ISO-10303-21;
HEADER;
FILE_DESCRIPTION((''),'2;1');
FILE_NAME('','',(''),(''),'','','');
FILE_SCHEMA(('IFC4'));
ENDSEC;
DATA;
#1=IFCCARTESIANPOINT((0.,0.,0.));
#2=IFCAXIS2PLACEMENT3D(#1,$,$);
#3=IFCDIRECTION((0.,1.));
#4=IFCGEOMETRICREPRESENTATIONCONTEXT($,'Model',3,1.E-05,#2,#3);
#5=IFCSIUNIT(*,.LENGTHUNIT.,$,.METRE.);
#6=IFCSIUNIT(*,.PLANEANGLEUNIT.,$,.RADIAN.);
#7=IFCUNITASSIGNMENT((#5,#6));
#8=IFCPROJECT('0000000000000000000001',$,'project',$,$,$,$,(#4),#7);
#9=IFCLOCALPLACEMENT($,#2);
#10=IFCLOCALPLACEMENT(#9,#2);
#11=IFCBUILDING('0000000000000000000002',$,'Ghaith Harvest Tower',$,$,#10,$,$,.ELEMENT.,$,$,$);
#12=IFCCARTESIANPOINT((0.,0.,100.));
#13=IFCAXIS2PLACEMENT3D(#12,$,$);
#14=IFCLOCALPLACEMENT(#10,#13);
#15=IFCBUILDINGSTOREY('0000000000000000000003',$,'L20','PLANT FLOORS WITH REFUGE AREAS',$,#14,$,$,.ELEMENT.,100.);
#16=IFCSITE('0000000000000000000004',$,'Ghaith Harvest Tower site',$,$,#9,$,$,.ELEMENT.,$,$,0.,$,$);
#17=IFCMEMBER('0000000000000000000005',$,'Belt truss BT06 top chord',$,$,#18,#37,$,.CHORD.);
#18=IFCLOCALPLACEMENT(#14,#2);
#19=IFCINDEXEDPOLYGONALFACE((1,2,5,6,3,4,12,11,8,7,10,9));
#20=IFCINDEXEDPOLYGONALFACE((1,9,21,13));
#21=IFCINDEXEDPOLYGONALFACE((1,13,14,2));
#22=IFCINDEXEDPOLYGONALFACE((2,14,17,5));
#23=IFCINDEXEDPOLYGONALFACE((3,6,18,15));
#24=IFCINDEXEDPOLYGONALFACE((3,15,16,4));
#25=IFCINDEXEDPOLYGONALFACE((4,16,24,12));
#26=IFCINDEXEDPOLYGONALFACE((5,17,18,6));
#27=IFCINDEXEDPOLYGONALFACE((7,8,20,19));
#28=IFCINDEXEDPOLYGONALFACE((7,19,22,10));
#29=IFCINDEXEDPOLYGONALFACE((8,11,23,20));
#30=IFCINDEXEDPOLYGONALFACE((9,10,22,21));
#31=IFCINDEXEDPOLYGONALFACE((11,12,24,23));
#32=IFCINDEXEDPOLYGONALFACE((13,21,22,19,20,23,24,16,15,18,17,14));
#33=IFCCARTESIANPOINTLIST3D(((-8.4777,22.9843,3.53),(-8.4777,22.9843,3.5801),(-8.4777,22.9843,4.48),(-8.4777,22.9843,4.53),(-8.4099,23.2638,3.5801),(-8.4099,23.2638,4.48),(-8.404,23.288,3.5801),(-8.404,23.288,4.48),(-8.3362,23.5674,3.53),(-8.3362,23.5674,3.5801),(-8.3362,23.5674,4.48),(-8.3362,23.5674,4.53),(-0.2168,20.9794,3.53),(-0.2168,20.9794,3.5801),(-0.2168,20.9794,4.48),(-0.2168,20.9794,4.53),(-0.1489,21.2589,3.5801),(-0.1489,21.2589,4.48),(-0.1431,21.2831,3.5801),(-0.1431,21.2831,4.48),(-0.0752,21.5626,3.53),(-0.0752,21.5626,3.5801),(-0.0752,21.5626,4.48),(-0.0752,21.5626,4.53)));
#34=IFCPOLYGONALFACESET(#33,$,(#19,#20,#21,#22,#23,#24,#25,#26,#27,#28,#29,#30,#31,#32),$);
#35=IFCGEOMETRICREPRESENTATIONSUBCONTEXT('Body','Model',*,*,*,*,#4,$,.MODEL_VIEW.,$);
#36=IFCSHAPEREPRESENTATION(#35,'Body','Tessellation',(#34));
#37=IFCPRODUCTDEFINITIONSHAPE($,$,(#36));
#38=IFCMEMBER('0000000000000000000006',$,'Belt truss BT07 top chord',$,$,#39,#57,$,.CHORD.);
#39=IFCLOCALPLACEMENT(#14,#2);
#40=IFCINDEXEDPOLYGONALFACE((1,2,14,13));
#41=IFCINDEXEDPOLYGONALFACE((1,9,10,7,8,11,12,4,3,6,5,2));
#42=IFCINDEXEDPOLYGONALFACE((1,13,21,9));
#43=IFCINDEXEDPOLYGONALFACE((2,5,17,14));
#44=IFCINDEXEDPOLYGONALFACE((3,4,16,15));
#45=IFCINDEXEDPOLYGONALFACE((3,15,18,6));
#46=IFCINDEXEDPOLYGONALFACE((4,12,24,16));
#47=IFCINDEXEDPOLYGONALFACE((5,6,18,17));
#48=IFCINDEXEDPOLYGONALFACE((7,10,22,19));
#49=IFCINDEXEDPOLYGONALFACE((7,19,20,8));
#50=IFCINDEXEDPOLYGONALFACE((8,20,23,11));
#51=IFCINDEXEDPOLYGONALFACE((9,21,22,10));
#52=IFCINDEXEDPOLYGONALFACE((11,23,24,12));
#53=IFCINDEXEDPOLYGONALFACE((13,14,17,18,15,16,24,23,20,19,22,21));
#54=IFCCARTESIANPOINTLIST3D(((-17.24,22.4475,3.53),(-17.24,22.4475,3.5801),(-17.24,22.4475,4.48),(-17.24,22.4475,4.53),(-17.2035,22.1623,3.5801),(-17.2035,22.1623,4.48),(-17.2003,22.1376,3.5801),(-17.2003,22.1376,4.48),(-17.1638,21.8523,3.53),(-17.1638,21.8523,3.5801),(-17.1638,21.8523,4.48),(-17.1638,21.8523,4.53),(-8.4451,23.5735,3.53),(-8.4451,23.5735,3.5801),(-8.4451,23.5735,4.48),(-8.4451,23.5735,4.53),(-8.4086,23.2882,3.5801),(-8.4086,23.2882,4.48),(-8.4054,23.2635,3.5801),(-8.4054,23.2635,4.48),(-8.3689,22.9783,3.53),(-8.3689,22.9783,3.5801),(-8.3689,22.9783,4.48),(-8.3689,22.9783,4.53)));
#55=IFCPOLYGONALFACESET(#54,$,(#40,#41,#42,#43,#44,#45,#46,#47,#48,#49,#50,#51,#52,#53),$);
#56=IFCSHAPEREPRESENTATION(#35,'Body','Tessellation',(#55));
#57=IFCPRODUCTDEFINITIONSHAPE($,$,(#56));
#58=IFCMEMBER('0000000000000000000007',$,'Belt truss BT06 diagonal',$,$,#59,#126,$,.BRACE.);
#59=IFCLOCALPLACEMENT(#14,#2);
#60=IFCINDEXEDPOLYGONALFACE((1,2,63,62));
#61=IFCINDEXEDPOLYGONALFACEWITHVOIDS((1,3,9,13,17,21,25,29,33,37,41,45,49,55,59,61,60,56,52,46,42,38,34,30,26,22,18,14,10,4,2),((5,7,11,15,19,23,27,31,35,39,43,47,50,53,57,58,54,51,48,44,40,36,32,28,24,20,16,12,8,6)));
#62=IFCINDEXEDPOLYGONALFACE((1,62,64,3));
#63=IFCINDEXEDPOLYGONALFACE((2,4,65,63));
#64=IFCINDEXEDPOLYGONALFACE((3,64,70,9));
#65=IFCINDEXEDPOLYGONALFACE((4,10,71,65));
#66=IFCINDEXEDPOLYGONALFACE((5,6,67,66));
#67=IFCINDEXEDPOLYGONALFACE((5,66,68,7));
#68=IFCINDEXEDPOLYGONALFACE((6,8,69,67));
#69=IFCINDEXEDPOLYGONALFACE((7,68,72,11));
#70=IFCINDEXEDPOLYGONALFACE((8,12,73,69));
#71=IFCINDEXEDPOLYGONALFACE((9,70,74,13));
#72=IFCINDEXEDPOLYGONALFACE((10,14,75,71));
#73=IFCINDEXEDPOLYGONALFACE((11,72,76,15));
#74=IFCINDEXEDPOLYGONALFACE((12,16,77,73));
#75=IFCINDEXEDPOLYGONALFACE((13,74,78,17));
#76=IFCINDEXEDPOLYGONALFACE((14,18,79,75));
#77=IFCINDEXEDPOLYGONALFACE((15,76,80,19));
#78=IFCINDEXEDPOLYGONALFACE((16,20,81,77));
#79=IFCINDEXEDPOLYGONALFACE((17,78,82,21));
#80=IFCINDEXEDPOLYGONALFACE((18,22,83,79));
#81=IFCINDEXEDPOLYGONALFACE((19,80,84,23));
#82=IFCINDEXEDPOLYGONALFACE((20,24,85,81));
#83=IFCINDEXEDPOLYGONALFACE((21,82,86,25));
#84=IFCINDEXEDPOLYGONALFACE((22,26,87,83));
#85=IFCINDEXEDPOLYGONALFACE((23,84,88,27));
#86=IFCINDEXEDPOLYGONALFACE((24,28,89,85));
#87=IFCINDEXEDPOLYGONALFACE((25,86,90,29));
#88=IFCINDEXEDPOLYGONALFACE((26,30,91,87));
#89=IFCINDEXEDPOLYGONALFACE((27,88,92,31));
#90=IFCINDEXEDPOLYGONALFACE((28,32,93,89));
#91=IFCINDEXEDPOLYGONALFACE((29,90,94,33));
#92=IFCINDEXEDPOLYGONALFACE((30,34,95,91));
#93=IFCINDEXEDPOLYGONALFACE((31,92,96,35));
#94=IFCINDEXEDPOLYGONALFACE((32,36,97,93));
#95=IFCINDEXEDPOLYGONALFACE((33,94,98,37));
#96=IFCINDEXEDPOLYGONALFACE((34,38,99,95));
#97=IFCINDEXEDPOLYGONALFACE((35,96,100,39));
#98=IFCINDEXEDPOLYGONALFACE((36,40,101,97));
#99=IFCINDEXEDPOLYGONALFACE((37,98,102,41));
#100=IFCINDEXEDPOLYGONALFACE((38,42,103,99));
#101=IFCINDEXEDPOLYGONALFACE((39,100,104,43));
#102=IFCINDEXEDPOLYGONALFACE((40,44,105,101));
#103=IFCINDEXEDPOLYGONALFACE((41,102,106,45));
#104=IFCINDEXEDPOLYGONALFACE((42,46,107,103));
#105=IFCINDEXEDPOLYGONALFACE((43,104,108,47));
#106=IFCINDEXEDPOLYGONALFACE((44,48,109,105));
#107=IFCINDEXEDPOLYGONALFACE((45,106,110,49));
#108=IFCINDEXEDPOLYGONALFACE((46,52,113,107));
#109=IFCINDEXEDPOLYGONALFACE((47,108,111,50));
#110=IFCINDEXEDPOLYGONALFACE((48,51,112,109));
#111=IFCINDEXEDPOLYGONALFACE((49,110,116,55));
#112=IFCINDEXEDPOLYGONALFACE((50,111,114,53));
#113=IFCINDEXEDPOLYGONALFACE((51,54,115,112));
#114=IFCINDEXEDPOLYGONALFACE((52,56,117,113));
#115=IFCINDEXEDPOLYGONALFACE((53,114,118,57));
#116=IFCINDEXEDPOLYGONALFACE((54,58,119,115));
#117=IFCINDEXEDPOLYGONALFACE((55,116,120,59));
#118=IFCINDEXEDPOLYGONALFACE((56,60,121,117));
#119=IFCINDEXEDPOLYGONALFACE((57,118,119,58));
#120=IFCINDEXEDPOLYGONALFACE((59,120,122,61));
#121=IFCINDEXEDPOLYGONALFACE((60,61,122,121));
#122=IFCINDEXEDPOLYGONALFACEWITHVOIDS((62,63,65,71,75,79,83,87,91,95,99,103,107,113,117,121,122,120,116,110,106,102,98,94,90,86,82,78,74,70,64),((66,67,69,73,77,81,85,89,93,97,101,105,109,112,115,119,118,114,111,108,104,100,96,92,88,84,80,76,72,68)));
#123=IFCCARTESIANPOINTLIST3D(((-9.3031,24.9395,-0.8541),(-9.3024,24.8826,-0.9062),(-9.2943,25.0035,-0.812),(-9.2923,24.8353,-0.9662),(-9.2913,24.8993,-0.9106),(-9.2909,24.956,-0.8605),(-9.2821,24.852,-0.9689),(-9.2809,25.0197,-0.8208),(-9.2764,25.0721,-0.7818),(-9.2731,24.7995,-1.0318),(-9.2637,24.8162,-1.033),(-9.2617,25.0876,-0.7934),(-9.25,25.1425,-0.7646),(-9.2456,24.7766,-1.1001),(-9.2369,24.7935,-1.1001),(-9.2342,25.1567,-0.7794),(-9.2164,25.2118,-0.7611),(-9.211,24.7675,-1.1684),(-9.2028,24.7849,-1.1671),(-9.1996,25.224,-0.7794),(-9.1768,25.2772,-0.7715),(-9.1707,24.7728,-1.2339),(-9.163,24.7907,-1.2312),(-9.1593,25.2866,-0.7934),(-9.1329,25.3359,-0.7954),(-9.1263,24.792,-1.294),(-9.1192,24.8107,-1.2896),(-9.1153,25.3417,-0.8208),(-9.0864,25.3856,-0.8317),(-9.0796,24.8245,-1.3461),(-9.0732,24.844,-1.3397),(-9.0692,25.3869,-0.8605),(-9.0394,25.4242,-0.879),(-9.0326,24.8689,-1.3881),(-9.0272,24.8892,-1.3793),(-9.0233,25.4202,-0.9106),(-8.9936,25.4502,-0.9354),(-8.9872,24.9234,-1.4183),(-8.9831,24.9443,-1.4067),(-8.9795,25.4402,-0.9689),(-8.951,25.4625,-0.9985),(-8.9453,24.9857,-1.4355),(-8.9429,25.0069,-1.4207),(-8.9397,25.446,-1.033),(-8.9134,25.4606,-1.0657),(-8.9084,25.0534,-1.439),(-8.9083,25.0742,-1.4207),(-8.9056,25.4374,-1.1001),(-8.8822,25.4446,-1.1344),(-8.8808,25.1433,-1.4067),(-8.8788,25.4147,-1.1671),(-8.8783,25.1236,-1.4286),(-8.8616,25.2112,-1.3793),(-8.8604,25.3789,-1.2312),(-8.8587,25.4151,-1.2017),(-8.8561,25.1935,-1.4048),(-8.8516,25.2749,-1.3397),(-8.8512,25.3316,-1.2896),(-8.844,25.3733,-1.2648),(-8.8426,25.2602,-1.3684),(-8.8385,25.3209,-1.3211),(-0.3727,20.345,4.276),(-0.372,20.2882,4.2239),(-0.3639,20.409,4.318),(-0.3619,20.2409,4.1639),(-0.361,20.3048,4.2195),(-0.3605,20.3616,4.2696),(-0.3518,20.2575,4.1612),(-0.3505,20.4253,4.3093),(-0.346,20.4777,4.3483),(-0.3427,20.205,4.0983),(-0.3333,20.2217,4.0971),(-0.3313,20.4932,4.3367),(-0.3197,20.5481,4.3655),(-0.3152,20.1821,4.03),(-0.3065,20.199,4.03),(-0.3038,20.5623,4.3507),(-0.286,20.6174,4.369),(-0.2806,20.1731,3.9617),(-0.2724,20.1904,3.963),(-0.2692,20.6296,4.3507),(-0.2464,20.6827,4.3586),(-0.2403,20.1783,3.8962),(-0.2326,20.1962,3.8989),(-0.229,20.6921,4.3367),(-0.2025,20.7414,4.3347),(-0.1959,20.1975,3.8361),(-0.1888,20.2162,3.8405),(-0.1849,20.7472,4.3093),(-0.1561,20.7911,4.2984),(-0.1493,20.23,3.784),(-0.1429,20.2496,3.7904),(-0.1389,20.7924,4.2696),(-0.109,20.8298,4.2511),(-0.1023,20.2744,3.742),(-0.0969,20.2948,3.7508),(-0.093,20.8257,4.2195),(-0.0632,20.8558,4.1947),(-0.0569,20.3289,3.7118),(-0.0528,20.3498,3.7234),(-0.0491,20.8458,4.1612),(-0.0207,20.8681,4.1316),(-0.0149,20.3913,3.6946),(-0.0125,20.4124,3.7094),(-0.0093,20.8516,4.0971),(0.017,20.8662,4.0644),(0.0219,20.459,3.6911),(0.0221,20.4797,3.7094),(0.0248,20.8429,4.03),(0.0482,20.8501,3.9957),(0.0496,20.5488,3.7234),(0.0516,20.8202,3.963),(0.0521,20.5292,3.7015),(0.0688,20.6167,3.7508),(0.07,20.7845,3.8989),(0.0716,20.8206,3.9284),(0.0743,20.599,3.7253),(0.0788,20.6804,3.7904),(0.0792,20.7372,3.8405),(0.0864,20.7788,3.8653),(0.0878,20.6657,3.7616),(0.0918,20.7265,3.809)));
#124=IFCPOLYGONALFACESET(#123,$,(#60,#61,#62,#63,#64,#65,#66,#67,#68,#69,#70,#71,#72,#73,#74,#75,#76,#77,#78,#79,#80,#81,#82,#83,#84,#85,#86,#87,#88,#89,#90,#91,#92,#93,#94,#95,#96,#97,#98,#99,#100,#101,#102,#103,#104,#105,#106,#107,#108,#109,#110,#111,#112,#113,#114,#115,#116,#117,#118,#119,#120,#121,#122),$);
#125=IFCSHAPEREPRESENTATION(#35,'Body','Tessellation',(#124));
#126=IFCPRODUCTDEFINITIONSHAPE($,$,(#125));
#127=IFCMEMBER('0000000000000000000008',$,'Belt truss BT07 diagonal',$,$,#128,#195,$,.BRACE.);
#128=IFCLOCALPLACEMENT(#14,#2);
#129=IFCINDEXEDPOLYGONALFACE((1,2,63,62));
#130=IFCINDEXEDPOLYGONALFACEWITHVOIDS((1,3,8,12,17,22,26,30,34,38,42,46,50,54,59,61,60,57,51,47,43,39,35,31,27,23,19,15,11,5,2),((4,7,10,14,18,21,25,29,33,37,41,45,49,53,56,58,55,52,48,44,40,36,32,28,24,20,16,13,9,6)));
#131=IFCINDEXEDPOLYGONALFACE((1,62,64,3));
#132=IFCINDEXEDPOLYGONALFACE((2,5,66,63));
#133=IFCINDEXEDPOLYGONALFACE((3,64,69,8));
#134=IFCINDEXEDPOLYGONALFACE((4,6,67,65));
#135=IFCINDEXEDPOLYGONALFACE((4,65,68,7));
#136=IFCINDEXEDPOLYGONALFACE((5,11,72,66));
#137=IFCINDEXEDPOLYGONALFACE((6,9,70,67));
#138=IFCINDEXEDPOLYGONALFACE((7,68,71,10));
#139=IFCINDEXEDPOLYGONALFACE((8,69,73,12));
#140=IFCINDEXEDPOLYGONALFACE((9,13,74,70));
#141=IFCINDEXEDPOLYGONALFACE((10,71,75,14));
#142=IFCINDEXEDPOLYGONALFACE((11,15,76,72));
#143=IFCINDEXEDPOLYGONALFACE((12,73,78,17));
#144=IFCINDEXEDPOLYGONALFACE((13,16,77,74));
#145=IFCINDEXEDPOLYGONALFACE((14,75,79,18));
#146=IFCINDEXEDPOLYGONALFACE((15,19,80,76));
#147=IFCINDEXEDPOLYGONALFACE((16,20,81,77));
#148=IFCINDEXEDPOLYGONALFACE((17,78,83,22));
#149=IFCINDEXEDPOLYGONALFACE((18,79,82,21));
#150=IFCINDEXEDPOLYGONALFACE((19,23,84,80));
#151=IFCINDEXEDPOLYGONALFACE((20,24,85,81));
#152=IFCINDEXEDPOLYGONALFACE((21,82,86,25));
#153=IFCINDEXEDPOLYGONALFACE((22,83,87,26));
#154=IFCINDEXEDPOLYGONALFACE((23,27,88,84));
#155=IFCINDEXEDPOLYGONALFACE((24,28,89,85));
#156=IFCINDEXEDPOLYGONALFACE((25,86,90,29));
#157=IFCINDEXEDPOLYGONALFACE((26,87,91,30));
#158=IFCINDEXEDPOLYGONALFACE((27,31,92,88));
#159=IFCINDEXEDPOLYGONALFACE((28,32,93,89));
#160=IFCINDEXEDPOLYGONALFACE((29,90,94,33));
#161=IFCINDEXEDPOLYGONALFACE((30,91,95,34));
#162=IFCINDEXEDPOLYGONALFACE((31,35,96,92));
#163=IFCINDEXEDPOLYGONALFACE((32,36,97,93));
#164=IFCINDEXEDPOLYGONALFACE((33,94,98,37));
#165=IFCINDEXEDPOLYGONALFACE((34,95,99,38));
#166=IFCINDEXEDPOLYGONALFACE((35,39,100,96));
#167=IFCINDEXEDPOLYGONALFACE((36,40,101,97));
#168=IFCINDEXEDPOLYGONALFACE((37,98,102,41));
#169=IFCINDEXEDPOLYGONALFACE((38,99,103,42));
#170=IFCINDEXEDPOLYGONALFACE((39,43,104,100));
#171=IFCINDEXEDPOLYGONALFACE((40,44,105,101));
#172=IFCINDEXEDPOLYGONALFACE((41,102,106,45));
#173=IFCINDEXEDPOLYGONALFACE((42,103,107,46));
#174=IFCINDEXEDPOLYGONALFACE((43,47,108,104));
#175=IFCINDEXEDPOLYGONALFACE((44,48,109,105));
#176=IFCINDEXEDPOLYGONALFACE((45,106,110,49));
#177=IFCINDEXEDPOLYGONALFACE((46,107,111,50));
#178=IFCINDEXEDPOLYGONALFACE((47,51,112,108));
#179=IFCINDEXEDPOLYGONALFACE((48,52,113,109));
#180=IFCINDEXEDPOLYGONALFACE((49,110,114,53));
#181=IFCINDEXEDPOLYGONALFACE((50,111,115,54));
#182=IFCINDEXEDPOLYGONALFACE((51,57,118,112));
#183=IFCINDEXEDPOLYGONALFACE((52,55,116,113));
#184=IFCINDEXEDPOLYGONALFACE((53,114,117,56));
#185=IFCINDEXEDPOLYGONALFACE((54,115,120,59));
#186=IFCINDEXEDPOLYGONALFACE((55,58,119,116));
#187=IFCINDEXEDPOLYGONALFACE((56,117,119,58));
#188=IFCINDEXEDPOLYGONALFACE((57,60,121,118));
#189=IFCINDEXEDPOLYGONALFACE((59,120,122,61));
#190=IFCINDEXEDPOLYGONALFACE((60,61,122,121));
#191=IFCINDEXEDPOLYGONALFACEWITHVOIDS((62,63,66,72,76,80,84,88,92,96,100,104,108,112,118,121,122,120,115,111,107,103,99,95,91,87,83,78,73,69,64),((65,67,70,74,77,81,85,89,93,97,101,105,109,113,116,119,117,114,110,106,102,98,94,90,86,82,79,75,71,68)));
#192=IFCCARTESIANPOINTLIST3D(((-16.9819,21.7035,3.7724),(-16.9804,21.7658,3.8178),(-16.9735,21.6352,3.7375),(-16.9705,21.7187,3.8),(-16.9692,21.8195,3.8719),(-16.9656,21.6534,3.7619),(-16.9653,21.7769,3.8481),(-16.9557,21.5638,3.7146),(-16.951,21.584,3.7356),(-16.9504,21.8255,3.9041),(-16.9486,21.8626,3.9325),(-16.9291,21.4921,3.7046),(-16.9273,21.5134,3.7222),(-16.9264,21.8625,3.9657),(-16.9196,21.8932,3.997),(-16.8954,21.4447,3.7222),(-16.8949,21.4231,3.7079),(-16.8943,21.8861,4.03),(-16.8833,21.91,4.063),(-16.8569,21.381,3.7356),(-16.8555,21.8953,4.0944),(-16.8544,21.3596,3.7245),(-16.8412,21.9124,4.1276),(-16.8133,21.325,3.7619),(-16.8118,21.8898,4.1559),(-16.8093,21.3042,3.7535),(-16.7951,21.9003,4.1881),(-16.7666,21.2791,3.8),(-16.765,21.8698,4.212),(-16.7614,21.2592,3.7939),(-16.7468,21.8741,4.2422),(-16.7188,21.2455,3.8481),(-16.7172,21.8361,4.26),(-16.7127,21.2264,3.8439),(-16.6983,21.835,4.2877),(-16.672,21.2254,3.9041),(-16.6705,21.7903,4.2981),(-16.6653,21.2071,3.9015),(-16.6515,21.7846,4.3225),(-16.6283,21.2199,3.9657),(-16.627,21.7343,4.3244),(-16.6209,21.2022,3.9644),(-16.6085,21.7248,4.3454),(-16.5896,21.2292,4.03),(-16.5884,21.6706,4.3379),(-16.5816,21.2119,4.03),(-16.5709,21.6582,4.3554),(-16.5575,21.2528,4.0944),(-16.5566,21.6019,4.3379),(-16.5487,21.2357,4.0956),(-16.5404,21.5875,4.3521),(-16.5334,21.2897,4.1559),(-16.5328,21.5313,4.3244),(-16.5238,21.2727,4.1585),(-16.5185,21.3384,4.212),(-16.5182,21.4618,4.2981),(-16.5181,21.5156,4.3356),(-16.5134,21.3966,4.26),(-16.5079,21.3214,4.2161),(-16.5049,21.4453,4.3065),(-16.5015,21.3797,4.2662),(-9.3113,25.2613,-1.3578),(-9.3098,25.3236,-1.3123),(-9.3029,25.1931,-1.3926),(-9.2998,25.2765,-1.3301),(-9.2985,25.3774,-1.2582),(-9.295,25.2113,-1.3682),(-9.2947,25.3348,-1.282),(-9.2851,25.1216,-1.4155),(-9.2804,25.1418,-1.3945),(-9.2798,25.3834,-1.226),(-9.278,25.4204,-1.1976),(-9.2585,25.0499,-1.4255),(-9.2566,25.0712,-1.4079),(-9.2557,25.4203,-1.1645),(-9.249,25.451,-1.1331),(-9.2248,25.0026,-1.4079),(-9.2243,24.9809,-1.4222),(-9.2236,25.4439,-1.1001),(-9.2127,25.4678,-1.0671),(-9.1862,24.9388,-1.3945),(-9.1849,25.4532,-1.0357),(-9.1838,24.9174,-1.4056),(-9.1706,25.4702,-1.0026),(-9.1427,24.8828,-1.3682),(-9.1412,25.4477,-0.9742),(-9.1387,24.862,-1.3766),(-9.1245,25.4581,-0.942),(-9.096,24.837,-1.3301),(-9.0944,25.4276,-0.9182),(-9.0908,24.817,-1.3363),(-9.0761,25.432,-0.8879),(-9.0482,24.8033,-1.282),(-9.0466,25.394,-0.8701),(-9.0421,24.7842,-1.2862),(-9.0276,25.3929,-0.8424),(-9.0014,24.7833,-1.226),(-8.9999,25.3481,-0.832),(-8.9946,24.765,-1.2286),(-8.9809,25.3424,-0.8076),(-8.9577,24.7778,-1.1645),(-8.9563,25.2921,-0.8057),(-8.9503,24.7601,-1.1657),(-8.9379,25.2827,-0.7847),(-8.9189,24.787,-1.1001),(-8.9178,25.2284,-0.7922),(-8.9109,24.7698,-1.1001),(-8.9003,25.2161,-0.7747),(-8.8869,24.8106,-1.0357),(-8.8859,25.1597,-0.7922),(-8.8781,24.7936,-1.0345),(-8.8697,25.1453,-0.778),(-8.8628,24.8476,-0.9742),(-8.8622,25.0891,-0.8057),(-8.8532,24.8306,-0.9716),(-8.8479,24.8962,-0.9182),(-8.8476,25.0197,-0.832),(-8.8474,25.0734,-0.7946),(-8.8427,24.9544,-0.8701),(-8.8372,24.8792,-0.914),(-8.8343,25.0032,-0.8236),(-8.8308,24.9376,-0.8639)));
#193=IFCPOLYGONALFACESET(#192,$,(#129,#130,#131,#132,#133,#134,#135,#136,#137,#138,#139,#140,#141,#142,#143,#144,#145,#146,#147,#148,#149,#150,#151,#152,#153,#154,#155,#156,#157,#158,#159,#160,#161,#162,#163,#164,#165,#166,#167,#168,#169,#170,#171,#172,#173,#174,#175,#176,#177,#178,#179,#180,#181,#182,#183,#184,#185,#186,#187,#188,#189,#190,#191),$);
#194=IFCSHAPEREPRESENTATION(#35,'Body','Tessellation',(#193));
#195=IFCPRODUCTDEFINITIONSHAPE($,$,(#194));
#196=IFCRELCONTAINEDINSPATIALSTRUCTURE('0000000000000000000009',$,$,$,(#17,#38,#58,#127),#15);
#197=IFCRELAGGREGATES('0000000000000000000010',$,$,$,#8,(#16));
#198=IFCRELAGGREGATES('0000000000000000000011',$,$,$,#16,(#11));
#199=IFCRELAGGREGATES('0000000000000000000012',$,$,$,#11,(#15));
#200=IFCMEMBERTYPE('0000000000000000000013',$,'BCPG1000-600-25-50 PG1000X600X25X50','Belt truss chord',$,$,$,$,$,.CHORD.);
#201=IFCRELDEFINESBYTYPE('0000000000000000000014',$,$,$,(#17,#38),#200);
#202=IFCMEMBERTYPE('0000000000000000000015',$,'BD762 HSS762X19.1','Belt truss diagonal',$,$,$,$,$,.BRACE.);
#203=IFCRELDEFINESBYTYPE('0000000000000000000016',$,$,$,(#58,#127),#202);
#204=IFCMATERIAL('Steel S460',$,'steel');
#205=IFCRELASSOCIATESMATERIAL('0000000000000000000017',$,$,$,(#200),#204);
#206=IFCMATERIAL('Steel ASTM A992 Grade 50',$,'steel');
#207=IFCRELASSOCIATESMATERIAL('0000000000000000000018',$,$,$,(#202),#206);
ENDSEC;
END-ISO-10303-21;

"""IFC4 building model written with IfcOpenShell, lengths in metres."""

from ifc_helpers import new_model, si_unit, direction, frame, origin, origin_2d, place, context, subcontext, project, spatial, hollow_circle, i_section, extrude, material, material_profile, profile_set, type_object, element, save


model = new_model("IFC4")

# Units and contexts
model_context = context("Model", 3, precision=1e-05, world=origin(), true_north=direction((0.0, 1.0)))
body_context = subcontext(model_context, "Body", "Model", "MODEL_VIEW")
ifc_project = project(units=[si_unit("LENGTHUNIT", "METRE"), si_unit("PLANEANGLEUNIT", "RADIAN")], contexts=[model_context])

# Site, building, storey
site_placement = place(None, origin())
site = spatial("IfcSite", under=ifc_project, at=site_placement, Name="Ghaith Harvest Tower site", CompositionType="ELEMENT", RefElevation=0.0)
building_placement = place(site_placement, origin())
building = spatial("IfcBuilding", under=site, at=building_placement, Name="Ghaith Harvest Tower", CompositionType="ELEMENT")
storey_placement = place(building_placement, frame((0.0, 0.0, 100.0)))
storey = spatial("IfcBuildingStorey", under=building, at=storey_placement, Name="L20", Description="PLANT FLOORS WITH REFUGE AREAS", CompositionType="ELEMENT", Elevation=100.0)

# Members
ifc_material_1 = material(Name="Steel S460", Category="steel")
ifc_material_profile_1 = material_profile(ifc_material_1, i_section(OverallWidth=0.6001, OverallDepth=1.0, WebThickness=0.0249, FlangeThickness=0.05, at=origin_2d()), Name="PG1000X600X25X50")
ifc_profile_set_1 = profile_set([ifc_material_profile_1], Name="Steel S460")
member_type_1 = type_object("IfcMemberType", Name="BCPG1000-600-25-50 PG1000X600X25X50", Description="Belt truss chord", PredefinedType="CHORD", material=ifc_profile_set_1)
member_1_placement = place(storey_placement, frame((-0.146, 21.271, 4.03), z_axis=(-0.97179, 0.235847, 0.0), x_axis=(-0.235847, -0.97179, 0.0)))
element("IfcMember", 1, at=member_1_placement, inside=storey, type_object=member_type_1, Name="Belt truss BT06 top chord", PredefinedType="CHORD", context=body_context, shape_type="SweptSolid", body=[
    extrude(i_section(OverallWidth=0.6001, OverallDepth=1.0, WebThickness=0.0249, FlangeThickness=0.05, at=origin_2d()), origin(), (0.0, 0.0, 1.0), 8.5007),
])
member_2_placement = place(storey_placement, frame((-8.407, 23.2759, 4.03), z_axis=(-0.991904, -0.126989, 0.0), x_axis=(0.126989, -0.991904, 0.0)))
element("IfcMember", 2, at=member_2_placement, inside=storey, type_object=member_type_1, Name="Belt truss BT07 top chord", PredefinedType="CHORD", context=body_context, shape_type="SweptSolid", body=[
    extrude(i_section(OverallWidth=0.6001, OverallDepth=1.0, WebThickness=0.0249, FlangeThickness=0.05, at=origin_2d()), origin(), (0.0, 0.0, 1.0), 8.8667),
])
ifc_material_2 = material(Name="Steel ASTM A992 Grade 50", Category="steel")
ifc_material_profile_2 = material_profile(ifc_material_2, hollow_circle(Radius=0.3811, WallThickness=0.019, at=origin_2d()), Name="HSS762X19.1")
ifc_profile_set_2 = profile_set([ifc_material_profile_2], Name="Steel ASTM A992 Grade 50")
member_type_2 = type_object("IfcMemberType", Name="BD762 HSS762X19.1", Description="Belt truss diagonal", PredefinedType="BRACE", material=ifc_profile_set_2)
member_3_placement = place(storey_placement, frame((-0.1409, 20.521, 4.03), z_axis=(-0.791886, 0.407406, -0.454903), x_axis=(-0.457481, -0.889219, 0.0)))
element("IfcMember", 3, at=member_3_placement, inside=storey, type_object=member_type_2, Name="Belt truss BT06 diagonal", PredefinedType="BRACE", context=body_context, shape_type="SweptSolid", body=[
    extrude(hollow_circle(Radius=0.3811, WallThickness=0.019, at=origin_2d()), origin(), (0.0, 0.0, 1.0), 11.2773),
])
member_4_placement = place(storey_placement, frame((-9.0713, 25.1155, -1.1001), z_axis=(-0.775583, -0.359737, 0.51871), x_axis=(0.420769, -0.907168, 0.0)))
element("IfcMember", 4, at=member_4_placement, inside=storey, type_object=member_type_2, Name="Belt truss BT07 diagonal", PredefinedType="BRACE", context=body_context, shape_type="SweptSolid", body=[
    extrude(hollow_circle(Radius=0.3811, WallThickness=0.019, at=origin_2d()), origin(), (0.0, 0.0, 1.0), 9.8901),
])

save(model, "model.ifc")
